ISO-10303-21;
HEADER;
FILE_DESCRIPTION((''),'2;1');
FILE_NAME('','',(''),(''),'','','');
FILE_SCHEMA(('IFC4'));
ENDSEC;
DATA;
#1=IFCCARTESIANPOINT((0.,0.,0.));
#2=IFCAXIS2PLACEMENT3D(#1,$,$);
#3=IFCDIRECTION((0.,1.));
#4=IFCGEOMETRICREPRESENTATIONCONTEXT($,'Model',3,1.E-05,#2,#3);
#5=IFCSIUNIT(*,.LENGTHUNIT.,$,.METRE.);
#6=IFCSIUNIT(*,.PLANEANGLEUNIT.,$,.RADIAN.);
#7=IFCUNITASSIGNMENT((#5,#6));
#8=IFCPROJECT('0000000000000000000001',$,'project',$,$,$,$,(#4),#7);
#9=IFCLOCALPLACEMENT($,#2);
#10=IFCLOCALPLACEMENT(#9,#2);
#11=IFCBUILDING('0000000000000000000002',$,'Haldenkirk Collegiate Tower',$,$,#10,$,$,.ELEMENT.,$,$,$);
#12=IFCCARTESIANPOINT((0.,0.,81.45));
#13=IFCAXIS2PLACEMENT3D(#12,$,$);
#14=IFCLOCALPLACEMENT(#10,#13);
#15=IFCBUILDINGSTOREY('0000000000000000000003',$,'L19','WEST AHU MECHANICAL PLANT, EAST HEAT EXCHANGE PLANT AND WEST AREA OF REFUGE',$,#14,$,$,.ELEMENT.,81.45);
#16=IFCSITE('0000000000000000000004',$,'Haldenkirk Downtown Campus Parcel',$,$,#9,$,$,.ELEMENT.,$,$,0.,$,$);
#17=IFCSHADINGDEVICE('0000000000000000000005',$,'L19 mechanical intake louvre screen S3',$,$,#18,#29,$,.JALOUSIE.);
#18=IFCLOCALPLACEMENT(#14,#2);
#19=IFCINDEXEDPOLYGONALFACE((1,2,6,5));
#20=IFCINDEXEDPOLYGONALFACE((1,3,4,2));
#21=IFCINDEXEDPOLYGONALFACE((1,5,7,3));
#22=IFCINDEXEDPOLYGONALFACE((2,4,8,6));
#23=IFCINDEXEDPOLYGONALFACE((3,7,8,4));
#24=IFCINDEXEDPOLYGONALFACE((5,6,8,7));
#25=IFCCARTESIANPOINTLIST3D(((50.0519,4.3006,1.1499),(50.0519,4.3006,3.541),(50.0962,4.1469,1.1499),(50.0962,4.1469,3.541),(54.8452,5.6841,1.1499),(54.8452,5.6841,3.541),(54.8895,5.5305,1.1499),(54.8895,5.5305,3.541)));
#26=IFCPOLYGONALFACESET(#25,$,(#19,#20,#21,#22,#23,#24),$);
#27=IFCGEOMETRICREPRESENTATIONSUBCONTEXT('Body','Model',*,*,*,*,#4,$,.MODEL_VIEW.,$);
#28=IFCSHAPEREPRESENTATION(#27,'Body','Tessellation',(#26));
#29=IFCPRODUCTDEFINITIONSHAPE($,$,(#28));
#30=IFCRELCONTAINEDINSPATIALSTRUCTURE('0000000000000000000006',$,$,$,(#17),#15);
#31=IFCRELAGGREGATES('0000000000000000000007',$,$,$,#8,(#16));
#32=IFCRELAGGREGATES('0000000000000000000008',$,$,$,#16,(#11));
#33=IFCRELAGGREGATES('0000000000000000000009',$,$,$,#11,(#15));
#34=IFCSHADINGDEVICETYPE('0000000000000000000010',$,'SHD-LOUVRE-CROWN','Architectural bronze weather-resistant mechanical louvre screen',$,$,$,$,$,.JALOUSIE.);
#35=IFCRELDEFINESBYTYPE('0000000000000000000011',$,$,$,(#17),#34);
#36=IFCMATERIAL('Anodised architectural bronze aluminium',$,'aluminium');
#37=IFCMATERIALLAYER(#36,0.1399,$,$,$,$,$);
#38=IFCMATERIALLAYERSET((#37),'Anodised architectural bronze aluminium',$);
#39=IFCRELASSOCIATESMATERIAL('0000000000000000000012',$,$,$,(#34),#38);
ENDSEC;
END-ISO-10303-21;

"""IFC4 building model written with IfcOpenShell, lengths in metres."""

from ifc_helpers import new_model, si_unit, direction, frame, origin, origin_2d, place, context, subcontext, project, spatial, rectangle, extrude, source, transform, mapped, material, layer, layer_set, type_object, element, save


model = new_model("IFC4")

# Units and contexts
model_context = context("Model", 3, precision=1e-05, world=origin(), true_north=direction((0.0, 1.0)))
body_context = subcontext(model_context, "Body", "Model", "MODEL_VIEW")
ifc_project = project(units=[si_unit("LENGTHUNIT", "METRE"), si_unit("PLANEANGLEUNIT", "RADIAN")], contexts=[model_context])

# Site, building, storey
site_placement = place(None, origin())
site = spatial("IfcSite", under=ifc_project, at=site_placement, Name="Haldenkirk Downtown Campus Parcel", CompositionType="ELEMENT", RefElevation=0.0)
building_placement = place(site_placement, origin())
building = spatial("IfcBuilding", under=site, at=building_placement, Name="Haldenkirk Collegiate Tower", CompositionType="ELEMENT")
storey_placement = place(building_placement, frame((0.0, 0.0, 81.45)))
storey = spatial("IfcBuildingStorey", under=building, at=storey_placement, Name="L19", Description="WEST AHU MECHANICAL PLANT, EAST HEAT EXCHANGE PLANT AND WEST AREA OF REFUGE", CompositionType="ELEMENT", Elevation=81.45)

# Shading device
ifc_material_1 = material(Name="Anodised architectural bronze aluminium", Category="aluminium")
ifc_layer_1 = layer(ifc_material_1, 0.1399)
ifc_layer_set_1 = layer_set([ifc_layer_1], Name="Anodised architectural bronze aluminium")
shading_device_type = type_object("IfcShadingDeviceType", Name="SHD-LOUVRE-CROWN", Description="Architectural bronze weather-resistant mechanical louvre screen", PredefinedType="JALOUSIE", material=ifc_layer_set_1)
shared_shape_1 = source(origin(), body_context, "Body", "SweptSolid", [
    extrude(rectangle(XDim=4.989, YDim=0.1599, at=origin_2d()), origin(), (0.0, 0.0, 1.0), 2.3911),
])
for number, where, z_axis, x_axis, name in (
    (1, (52.4707, 4.9155, 1.1499), (0.0, 0.0, 1.0), (-0.960779, -0.277315, 0.0), "L19 mechanical intake louvre screen S3"),
):
    element("IfcShadingDevice", number, at=place(storey_placement, frame(where, z_axis=z_axis, x_axis=x_axis)), inside=storey, type_object=shading_device_type, Name=name, PredefinedType="JALOUSIE", context=body_context, shape_type="MappedRepresentation", body=[
        mapped(shared_shape_1, transform((0.0, 0.0, 0.0), x_axis=(1.0, 0.0, 0.0), y_axis=(0.0, 1.0, 0.0), z_axis=(0.0, 0.0, 1.0), scale=1.0)),
    ])

save(model, "model.ifc")
